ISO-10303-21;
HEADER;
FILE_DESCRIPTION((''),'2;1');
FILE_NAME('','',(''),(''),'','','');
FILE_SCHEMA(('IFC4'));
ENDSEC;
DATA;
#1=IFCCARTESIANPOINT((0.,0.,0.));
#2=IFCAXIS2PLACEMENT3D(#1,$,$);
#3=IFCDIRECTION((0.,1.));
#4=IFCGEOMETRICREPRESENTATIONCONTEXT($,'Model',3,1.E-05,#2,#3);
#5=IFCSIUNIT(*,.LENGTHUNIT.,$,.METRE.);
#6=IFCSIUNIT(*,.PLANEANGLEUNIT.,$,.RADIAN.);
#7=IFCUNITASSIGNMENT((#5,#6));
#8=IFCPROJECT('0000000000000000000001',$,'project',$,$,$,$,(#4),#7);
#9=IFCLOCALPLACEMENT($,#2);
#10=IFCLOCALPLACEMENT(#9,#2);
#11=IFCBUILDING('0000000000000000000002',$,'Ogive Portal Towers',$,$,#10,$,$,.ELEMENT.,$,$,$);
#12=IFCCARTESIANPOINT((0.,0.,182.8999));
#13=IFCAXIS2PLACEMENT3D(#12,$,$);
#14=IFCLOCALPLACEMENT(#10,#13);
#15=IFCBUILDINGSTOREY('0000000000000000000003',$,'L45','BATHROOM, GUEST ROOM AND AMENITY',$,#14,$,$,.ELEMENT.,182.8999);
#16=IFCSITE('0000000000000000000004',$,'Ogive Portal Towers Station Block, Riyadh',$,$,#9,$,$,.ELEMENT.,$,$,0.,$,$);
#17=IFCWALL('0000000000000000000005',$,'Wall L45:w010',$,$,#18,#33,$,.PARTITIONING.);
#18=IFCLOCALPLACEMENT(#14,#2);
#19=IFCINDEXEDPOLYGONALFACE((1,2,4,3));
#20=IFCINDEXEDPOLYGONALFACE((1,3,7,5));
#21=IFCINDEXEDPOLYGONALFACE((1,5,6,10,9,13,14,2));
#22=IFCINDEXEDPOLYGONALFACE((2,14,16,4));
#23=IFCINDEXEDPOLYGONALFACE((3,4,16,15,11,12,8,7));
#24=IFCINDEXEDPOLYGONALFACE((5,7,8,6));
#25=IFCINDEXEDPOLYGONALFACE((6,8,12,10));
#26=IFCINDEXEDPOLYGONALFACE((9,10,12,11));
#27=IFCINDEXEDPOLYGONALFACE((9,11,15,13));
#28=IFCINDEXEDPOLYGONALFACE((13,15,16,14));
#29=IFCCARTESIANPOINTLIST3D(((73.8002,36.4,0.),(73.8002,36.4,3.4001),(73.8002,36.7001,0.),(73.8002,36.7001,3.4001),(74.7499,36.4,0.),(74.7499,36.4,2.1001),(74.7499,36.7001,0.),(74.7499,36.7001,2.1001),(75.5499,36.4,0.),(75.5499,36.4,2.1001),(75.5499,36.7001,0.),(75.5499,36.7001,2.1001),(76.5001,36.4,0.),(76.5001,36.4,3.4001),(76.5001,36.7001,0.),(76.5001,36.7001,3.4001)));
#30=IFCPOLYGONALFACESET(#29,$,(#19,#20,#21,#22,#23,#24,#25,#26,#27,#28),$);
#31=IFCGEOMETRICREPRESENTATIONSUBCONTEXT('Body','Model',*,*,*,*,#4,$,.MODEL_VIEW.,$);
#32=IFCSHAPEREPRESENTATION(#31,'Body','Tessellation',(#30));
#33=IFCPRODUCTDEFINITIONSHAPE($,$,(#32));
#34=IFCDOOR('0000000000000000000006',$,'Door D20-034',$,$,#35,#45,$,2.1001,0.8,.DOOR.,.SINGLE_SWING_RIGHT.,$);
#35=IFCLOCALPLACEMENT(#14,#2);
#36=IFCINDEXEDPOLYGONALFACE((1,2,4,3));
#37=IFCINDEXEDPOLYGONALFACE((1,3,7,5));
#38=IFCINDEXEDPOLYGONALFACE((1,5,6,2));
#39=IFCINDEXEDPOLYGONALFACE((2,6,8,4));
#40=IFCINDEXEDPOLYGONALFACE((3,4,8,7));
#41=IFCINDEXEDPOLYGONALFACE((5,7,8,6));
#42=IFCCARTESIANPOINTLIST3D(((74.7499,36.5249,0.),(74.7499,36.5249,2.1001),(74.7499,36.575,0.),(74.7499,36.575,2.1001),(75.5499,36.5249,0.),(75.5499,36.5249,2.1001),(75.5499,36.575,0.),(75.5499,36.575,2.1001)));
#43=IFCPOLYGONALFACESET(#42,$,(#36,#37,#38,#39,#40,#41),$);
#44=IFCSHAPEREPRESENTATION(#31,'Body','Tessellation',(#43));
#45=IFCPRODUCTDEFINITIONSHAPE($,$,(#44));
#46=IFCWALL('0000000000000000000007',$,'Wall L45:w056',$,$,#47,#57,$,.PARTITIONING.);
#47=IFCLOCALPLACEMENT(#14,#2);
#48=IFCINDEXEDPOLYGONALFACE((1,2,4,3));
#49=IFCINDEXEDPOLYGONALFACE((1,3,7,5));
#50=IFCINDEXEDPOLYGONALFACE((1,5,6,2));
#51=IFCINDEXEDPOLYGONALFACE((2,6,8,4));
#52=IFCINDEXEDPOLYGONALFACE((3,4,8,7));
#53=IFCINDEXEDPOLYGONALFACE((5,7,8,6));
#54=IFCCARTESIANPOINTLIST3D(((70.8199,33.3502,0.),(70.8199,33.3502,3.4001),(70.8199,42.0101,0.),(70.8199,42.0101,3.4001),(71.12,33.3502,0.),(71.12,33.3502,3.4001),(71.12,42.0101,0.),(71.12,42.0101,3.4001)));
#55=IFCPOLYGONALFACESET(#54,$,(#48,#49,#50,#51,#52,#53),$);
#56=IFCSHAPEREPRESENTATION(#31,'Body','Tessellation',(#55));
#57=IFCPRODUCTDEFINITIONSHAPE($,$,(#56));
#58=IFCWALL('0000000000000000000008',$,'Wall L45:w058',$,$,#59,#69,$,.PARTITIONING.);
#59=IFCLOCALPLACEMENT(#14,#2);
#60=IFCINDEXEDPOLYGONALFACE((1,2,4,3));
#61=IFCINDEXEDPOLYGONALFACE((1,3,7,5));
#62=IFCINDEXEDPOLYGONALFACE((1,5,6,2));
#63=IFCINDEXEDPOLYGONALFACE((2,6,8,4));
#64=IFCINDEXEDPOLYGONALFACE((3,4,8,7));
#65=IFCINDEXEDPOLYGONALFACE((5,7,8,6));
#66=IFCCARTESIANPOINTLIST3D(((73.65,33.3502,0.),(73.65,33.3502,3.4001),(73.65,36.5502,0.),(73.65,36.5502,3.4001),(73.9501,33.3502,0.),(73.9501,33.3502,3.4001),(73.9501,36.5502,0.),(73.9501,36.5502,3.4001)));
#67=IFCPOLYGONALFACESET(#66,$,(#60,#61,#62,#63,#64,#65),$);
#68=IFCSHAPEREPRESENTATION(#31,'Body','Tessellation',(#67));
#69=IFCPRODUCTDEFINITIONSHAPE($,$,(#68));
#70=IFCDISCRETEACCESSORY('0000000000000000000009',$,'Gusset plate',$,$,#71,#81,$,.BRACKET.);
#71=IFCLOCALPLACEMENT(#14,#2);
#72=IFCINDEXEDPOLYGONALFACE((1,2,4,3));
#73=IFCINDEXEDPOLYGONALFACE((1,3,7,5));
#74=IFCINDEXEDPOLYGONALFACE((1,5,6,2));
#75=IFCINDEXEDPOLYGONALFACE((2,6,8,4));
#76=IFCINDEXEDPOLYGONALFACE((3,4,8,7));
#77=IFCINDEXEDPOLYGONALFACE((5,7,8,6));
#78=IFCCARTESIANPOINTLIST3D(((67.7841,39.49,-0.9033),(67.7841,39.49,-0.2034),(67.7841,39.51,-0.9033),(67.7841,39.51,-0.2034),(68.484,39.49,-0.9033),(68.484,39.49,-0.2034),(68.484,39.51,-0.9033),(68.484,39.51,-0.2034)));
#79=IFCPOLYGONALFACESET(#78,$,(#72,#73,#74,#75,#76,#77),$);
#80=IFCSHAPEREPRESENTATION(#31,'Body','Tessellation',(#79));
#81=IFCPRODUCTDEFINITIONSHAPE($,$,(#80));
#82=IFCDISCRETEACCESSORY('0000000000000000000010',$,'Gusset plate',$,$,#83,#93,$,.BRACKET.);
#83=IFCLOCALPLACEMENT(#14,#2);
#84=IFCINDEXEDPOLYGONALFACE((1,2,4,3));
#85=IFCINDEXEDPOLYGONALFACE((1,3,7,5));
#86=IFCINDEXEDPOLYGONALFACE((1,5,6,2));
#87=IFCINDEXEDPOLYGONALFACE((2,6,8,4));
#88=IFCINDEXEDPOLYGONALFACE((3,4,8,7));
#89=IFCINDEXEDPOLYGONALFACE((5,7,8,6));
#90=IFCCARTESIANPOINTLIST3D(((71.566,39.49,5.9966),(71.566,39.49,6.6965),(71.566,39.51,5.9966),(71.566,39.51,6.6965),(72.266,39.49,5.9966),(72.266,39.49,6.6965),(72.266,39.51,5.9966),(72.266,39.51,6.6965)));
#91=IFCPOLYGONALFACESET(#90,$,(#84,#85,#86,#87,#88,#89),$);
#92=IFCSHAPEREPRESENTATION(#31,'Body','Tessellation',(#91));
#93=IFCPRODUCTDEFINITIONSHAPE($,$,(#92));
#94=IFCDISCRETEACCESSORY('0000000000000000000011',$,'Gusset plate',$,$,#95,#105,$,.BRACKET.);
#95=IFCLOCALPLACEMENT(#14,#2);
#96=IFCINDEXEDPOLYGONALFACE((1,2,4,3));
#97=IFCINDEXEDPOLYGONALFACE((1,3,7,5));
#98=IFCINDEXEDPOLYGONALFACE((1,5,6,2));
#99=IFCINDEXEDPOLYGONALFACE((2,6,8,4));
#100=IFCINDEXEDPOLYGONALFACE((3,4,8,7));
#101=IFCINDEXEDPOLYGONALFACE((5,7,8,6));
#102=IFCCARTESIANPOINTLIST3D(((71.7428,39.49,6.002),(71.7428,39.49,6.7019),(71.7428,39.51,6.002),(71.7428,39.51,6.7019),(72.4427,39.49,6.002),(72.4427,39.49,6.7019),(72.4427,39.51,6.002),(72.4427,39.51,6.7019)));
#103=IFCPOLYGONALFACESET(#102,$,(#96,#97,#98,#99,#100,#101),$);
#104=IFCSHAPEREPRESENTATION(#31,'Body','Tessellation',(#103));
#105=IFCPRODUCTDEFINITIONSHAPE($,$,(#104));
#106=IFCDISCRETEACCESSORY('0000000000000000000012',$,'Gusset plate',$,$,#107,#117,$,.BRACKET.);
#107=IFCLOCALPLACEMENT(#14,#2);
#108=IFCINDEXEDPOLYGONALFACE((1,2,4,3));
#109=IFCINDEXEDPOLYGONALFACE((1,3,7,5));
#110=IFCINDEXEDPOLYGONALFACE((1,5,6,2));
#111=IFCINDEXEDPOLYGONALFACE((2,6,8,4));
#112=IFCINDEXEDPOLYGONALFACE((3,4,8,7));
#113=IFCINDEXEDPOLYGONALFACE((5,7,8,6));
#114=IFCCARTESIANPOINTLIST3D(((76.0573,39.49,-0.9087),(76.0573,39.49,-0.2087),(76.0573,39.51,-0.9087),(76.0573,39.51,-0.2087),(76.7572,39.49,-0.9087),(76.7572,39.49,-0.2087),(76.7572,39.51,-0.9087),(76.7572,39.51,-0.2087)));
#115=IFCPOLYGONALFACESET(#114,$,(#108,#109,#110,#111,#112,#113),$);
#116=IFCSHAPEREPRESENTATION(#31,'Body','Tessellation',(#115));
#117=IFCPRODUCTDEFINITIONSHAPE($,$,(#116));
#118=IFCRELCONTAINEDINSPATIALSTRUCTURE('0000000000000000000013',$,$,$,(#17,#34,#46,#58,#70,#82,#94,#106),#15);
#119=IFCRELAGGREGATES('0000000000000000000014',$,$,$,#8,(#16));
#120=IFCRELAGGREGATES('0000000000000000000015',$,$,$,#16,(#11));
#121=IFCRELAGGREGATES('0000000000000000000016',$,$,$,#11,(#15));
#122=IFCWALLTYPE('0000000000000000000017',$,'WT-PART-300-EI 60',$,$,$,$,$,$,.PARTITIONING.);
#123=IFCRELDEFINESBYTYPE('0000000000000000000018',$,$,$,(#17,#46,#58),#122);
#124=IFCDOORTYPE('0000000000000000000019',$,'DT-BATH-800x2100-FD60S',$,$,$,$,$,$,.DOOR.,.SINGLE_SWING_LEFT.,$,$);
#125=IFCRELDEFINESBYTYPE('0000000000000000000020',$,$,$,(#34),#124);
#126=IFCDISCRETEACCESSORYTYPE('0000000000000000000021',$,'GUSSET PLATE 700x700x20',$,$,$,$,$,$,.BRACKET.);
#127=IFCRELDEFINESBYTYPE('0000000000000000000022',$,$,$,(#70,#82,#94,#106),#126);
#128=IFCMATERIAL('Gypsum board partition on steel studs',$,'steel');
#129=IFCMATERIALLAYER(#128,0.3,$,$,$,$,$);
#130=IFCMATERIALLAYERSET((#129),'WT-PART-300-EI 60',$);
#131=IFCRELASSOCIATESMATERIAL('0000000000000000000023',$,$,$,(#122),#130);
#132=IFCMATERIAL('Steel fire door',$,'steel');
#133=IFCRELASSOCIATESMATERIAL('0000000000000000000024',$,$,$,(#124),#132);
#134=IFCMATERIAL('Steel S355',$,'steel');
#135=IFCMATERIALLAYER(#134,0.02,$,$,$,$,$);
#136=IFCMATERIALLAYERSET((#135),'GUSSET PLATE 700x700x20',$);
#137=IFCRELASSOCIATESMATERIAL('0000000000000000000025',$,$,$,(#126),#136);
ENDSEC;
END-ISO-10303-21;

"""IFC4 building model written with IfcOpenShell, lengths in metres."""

from ifc_helpers import new_model, si_unit, direction, frame, frame_2d, origin, origin_2d, place, context, subcontext, project, spatial, rectangle, extrude, material, layer, layer_set, type_object, element, fill, save


model = new_model("IFC4")

# Units and contexts
model_context = context("Model", 3, precision=1e-05, world=origin(), true_north=direction((0.0, 1.0)))
body_context = subcontext(model_context, "Body", "Model", "MODEL_VIEW")
ifc_project = project(units=[si_unit("LENGTHUNIT", "METRE"), si_unit("PLANEANGLEUNIT", "RADIAN")], contexts=[model_context])

# Site, building, storey
site_placement = place(None, origin())
site = spatial("IfcSite", under=ifc_project, at=site_placement, Name="Ogive Portal Towers Station Block, Riyadh", CompositionType="ELEMENT", RefElevation=0.0)
building_placement = place(site_placement, origin())
building = spatial("IfcBuilding", under=site, at=building_placement, Name="Ogive Portal Towers", CompositionType="ELEMENT")
storey_placement = place(building_placement, frame((0.0, 0.0, 182.8999)))
storey = spatial("IfcBuildingStorey", under=building, at=storey_placement, Name="L45", Description="BATHROOM, GUEST ROOM AND AMENITY", CompositionType="ELEMENT", Elevation=182.8999)

# Shared definitions
ifc_material_1 = material(Name="Steel S355", Category="steel")

# Wall, opening, door
ifc_material_2 = material(Name="Gypsum board partition on steel studs", Category="steel")
ifc_layer_1 = layer(ifc_material_2, 0.3)
ifc_layer_set_1 = layer_set([ifc_layer_1], Name="WT-PART-300-EI 60")
wall_type = type_object("IfcWallType", Name="WT-PART-300-EI 60", PredefinedType="PARTITIONING", material=ifc_layer_set_1)
wall_1_placement = place(storey_placement, frame((73.8, 36.55, 0.0), z_axis=(0.0, 0.0, 1.0), x_axis=(1.0, 0.0, 0.0)))
wall_1 = element("IfcWall", 1, at=wall_1_placement, inside=storey, type_object=wall_type, Name="Wall L45:w010", PredefinedType="PARTITIONING", context=body_context, shape_type="SweptSolid", body=[
    extrude(rectangle(XDim=2.7, YDim=0.3, at=frame_2d((1.3501, 0.0))), origin(), (0.0, 0.0, 1.0), 3.4001),
])
opening_placement = place(wall_1_placement, frame((0.95, 0.0, 0.0)))
opening = element("IfcOpeningElement", 2, at=opening_placement, cuts=wall_1, PredefinedType="OPENING", context=body_context, shape_type="SweptSolid", body=[
    extrude(rectangle(XDim=0.8, YDim=2.1001, at=frame_2d((0.3999, 1.05))), frame((0.0, 0.1602, 0.0), z_axis=(0.0, -1.0, 0.0), x_axis=(1.0, 0.0, 0.0)), (0.0, 0.0, 1.0), 0.3201),
])
ifc_material_3 = material(Name="Steel fire door", Category="steel")
door_type = type_object("IfcDoorType", Name="DT-BATH-800x2100-FD60S", OperationType="SINGLE_SWING_LEFT", PredefinedType="DOOR", material=ifc_material_3)
door_placement = place(opening_placement, origin())
door = element("IfcDoor", 3, at=door_placement, inside=storey, type_object=door_type, Name="Door D20-034", OperationType="SINGLE_SWING_RIGHT", OverallHeight=2.1001, OverallWidth=0.8, PredefinedType="DOOR", context=body_context, shape_type="SweptSolid", body=[
    extrude(rectangle(XDim=0.8, YDim=2.1001, at=frame_2d((0.3999, 1.05))), frame((0.0, 0.0249, 0.0), z_axis=(0.0, -1.0, 0.0), x_axis=(1.0, 0.0, 0.0)), (0.0, 0.0, 1.0), 0.05),
])
fill(opening, door)

# Walls
wall_2_placement = place(storey_placement, frame((70.97, 33.3501, 0.0), z_axis=(0.0, 0.0, 1.0), x_axis=(0.0, 1.0, 0.0)))
element("IfcWall", 4, at=wall_2_placement, inside=storey, type_object=wall_type, Name="Wall L45:w056", PredefinedType="PARTITIONING", context=body_context, shape_type="SweptSolid", body=[
    extrude(rectangle(XDim=8.6599, YDim=0.3, at=frame_2d((4.3301, 0.0))), origin(), (0.0, 0.0, 1.0), 3.4001),
])
wall_3_placement = place(storey_placement, frame((73.8, 33.3501, 0.0), z_axis=(0.0, 0.0, 1.0), x_axis=(0.0, 1.0, 0.0)))
element("IfcWall", 5, at=wall_3_placement, inside=storey, type_object=wall_type, Name="Wall L45:w058", PredefinedType="PARTITIONING", context=body_context, shape_type="SweptSolid", body=[
    extrude(rectangle(XDim=3.2, YDim=0.3, at=frame_2d((1.6001, 0.0))), origin(), (0.0, 0.0, 1.0), 3.4001),
])

# Discrete accessories
ifc_layer_2 = layer(ifc_material_1, 0.02)
ifc_layer_set_2 = layer_set([ifc_layer_2], Name="GUSSET PLATE 700x700x20")
discrete_accessory_type = type_object("IfcDiscreteAccessoryType", Name="GUSSET PLATE 700x700x20", PredefinedType="BRACKET", material=ifc_layer_set_2)
for number, where, z_axis, x_axis, name in (
    (6, (68.134, 39.5, -0.9033), (0.0, 0.0, 1.0), (1.0, 0.0, 0.0), "Gusset plate"),
    (7, (71.916, 39.5, 5.9966), (0.0, 0.0, 1.0), (1.0, 0.0, 0.0), "Gusset plate"),
    (8, (72.0928, 39.5, 6.002), (0.0, 0.0, 1.0), (1.0, 0.0, 0.0), "Gusset plate"),
    (9, (76.4072, 39.5, -0.9087), (0.0, 0.0, 1.0), (1.0, 0.0, 0.0), "Gusset plate"),
):
    element("IfcDiscreteAccessory", number, at=place(storey_placement, frame(where, z_axis=z_axis, x_axis=x_axis)), inside=storey, type_object=discrete_accessory_type, Name=name, PredefinedType="BRACKET", context=body_context, shape_type="SweptSolid", body=[
        extrude(rectangle(XDim=0.7, YDim=0.02, at=origin_2d()), origin(), (0.0, 0.0, 1.0), 0.7),
    ])

save(model, "model.ifc")
